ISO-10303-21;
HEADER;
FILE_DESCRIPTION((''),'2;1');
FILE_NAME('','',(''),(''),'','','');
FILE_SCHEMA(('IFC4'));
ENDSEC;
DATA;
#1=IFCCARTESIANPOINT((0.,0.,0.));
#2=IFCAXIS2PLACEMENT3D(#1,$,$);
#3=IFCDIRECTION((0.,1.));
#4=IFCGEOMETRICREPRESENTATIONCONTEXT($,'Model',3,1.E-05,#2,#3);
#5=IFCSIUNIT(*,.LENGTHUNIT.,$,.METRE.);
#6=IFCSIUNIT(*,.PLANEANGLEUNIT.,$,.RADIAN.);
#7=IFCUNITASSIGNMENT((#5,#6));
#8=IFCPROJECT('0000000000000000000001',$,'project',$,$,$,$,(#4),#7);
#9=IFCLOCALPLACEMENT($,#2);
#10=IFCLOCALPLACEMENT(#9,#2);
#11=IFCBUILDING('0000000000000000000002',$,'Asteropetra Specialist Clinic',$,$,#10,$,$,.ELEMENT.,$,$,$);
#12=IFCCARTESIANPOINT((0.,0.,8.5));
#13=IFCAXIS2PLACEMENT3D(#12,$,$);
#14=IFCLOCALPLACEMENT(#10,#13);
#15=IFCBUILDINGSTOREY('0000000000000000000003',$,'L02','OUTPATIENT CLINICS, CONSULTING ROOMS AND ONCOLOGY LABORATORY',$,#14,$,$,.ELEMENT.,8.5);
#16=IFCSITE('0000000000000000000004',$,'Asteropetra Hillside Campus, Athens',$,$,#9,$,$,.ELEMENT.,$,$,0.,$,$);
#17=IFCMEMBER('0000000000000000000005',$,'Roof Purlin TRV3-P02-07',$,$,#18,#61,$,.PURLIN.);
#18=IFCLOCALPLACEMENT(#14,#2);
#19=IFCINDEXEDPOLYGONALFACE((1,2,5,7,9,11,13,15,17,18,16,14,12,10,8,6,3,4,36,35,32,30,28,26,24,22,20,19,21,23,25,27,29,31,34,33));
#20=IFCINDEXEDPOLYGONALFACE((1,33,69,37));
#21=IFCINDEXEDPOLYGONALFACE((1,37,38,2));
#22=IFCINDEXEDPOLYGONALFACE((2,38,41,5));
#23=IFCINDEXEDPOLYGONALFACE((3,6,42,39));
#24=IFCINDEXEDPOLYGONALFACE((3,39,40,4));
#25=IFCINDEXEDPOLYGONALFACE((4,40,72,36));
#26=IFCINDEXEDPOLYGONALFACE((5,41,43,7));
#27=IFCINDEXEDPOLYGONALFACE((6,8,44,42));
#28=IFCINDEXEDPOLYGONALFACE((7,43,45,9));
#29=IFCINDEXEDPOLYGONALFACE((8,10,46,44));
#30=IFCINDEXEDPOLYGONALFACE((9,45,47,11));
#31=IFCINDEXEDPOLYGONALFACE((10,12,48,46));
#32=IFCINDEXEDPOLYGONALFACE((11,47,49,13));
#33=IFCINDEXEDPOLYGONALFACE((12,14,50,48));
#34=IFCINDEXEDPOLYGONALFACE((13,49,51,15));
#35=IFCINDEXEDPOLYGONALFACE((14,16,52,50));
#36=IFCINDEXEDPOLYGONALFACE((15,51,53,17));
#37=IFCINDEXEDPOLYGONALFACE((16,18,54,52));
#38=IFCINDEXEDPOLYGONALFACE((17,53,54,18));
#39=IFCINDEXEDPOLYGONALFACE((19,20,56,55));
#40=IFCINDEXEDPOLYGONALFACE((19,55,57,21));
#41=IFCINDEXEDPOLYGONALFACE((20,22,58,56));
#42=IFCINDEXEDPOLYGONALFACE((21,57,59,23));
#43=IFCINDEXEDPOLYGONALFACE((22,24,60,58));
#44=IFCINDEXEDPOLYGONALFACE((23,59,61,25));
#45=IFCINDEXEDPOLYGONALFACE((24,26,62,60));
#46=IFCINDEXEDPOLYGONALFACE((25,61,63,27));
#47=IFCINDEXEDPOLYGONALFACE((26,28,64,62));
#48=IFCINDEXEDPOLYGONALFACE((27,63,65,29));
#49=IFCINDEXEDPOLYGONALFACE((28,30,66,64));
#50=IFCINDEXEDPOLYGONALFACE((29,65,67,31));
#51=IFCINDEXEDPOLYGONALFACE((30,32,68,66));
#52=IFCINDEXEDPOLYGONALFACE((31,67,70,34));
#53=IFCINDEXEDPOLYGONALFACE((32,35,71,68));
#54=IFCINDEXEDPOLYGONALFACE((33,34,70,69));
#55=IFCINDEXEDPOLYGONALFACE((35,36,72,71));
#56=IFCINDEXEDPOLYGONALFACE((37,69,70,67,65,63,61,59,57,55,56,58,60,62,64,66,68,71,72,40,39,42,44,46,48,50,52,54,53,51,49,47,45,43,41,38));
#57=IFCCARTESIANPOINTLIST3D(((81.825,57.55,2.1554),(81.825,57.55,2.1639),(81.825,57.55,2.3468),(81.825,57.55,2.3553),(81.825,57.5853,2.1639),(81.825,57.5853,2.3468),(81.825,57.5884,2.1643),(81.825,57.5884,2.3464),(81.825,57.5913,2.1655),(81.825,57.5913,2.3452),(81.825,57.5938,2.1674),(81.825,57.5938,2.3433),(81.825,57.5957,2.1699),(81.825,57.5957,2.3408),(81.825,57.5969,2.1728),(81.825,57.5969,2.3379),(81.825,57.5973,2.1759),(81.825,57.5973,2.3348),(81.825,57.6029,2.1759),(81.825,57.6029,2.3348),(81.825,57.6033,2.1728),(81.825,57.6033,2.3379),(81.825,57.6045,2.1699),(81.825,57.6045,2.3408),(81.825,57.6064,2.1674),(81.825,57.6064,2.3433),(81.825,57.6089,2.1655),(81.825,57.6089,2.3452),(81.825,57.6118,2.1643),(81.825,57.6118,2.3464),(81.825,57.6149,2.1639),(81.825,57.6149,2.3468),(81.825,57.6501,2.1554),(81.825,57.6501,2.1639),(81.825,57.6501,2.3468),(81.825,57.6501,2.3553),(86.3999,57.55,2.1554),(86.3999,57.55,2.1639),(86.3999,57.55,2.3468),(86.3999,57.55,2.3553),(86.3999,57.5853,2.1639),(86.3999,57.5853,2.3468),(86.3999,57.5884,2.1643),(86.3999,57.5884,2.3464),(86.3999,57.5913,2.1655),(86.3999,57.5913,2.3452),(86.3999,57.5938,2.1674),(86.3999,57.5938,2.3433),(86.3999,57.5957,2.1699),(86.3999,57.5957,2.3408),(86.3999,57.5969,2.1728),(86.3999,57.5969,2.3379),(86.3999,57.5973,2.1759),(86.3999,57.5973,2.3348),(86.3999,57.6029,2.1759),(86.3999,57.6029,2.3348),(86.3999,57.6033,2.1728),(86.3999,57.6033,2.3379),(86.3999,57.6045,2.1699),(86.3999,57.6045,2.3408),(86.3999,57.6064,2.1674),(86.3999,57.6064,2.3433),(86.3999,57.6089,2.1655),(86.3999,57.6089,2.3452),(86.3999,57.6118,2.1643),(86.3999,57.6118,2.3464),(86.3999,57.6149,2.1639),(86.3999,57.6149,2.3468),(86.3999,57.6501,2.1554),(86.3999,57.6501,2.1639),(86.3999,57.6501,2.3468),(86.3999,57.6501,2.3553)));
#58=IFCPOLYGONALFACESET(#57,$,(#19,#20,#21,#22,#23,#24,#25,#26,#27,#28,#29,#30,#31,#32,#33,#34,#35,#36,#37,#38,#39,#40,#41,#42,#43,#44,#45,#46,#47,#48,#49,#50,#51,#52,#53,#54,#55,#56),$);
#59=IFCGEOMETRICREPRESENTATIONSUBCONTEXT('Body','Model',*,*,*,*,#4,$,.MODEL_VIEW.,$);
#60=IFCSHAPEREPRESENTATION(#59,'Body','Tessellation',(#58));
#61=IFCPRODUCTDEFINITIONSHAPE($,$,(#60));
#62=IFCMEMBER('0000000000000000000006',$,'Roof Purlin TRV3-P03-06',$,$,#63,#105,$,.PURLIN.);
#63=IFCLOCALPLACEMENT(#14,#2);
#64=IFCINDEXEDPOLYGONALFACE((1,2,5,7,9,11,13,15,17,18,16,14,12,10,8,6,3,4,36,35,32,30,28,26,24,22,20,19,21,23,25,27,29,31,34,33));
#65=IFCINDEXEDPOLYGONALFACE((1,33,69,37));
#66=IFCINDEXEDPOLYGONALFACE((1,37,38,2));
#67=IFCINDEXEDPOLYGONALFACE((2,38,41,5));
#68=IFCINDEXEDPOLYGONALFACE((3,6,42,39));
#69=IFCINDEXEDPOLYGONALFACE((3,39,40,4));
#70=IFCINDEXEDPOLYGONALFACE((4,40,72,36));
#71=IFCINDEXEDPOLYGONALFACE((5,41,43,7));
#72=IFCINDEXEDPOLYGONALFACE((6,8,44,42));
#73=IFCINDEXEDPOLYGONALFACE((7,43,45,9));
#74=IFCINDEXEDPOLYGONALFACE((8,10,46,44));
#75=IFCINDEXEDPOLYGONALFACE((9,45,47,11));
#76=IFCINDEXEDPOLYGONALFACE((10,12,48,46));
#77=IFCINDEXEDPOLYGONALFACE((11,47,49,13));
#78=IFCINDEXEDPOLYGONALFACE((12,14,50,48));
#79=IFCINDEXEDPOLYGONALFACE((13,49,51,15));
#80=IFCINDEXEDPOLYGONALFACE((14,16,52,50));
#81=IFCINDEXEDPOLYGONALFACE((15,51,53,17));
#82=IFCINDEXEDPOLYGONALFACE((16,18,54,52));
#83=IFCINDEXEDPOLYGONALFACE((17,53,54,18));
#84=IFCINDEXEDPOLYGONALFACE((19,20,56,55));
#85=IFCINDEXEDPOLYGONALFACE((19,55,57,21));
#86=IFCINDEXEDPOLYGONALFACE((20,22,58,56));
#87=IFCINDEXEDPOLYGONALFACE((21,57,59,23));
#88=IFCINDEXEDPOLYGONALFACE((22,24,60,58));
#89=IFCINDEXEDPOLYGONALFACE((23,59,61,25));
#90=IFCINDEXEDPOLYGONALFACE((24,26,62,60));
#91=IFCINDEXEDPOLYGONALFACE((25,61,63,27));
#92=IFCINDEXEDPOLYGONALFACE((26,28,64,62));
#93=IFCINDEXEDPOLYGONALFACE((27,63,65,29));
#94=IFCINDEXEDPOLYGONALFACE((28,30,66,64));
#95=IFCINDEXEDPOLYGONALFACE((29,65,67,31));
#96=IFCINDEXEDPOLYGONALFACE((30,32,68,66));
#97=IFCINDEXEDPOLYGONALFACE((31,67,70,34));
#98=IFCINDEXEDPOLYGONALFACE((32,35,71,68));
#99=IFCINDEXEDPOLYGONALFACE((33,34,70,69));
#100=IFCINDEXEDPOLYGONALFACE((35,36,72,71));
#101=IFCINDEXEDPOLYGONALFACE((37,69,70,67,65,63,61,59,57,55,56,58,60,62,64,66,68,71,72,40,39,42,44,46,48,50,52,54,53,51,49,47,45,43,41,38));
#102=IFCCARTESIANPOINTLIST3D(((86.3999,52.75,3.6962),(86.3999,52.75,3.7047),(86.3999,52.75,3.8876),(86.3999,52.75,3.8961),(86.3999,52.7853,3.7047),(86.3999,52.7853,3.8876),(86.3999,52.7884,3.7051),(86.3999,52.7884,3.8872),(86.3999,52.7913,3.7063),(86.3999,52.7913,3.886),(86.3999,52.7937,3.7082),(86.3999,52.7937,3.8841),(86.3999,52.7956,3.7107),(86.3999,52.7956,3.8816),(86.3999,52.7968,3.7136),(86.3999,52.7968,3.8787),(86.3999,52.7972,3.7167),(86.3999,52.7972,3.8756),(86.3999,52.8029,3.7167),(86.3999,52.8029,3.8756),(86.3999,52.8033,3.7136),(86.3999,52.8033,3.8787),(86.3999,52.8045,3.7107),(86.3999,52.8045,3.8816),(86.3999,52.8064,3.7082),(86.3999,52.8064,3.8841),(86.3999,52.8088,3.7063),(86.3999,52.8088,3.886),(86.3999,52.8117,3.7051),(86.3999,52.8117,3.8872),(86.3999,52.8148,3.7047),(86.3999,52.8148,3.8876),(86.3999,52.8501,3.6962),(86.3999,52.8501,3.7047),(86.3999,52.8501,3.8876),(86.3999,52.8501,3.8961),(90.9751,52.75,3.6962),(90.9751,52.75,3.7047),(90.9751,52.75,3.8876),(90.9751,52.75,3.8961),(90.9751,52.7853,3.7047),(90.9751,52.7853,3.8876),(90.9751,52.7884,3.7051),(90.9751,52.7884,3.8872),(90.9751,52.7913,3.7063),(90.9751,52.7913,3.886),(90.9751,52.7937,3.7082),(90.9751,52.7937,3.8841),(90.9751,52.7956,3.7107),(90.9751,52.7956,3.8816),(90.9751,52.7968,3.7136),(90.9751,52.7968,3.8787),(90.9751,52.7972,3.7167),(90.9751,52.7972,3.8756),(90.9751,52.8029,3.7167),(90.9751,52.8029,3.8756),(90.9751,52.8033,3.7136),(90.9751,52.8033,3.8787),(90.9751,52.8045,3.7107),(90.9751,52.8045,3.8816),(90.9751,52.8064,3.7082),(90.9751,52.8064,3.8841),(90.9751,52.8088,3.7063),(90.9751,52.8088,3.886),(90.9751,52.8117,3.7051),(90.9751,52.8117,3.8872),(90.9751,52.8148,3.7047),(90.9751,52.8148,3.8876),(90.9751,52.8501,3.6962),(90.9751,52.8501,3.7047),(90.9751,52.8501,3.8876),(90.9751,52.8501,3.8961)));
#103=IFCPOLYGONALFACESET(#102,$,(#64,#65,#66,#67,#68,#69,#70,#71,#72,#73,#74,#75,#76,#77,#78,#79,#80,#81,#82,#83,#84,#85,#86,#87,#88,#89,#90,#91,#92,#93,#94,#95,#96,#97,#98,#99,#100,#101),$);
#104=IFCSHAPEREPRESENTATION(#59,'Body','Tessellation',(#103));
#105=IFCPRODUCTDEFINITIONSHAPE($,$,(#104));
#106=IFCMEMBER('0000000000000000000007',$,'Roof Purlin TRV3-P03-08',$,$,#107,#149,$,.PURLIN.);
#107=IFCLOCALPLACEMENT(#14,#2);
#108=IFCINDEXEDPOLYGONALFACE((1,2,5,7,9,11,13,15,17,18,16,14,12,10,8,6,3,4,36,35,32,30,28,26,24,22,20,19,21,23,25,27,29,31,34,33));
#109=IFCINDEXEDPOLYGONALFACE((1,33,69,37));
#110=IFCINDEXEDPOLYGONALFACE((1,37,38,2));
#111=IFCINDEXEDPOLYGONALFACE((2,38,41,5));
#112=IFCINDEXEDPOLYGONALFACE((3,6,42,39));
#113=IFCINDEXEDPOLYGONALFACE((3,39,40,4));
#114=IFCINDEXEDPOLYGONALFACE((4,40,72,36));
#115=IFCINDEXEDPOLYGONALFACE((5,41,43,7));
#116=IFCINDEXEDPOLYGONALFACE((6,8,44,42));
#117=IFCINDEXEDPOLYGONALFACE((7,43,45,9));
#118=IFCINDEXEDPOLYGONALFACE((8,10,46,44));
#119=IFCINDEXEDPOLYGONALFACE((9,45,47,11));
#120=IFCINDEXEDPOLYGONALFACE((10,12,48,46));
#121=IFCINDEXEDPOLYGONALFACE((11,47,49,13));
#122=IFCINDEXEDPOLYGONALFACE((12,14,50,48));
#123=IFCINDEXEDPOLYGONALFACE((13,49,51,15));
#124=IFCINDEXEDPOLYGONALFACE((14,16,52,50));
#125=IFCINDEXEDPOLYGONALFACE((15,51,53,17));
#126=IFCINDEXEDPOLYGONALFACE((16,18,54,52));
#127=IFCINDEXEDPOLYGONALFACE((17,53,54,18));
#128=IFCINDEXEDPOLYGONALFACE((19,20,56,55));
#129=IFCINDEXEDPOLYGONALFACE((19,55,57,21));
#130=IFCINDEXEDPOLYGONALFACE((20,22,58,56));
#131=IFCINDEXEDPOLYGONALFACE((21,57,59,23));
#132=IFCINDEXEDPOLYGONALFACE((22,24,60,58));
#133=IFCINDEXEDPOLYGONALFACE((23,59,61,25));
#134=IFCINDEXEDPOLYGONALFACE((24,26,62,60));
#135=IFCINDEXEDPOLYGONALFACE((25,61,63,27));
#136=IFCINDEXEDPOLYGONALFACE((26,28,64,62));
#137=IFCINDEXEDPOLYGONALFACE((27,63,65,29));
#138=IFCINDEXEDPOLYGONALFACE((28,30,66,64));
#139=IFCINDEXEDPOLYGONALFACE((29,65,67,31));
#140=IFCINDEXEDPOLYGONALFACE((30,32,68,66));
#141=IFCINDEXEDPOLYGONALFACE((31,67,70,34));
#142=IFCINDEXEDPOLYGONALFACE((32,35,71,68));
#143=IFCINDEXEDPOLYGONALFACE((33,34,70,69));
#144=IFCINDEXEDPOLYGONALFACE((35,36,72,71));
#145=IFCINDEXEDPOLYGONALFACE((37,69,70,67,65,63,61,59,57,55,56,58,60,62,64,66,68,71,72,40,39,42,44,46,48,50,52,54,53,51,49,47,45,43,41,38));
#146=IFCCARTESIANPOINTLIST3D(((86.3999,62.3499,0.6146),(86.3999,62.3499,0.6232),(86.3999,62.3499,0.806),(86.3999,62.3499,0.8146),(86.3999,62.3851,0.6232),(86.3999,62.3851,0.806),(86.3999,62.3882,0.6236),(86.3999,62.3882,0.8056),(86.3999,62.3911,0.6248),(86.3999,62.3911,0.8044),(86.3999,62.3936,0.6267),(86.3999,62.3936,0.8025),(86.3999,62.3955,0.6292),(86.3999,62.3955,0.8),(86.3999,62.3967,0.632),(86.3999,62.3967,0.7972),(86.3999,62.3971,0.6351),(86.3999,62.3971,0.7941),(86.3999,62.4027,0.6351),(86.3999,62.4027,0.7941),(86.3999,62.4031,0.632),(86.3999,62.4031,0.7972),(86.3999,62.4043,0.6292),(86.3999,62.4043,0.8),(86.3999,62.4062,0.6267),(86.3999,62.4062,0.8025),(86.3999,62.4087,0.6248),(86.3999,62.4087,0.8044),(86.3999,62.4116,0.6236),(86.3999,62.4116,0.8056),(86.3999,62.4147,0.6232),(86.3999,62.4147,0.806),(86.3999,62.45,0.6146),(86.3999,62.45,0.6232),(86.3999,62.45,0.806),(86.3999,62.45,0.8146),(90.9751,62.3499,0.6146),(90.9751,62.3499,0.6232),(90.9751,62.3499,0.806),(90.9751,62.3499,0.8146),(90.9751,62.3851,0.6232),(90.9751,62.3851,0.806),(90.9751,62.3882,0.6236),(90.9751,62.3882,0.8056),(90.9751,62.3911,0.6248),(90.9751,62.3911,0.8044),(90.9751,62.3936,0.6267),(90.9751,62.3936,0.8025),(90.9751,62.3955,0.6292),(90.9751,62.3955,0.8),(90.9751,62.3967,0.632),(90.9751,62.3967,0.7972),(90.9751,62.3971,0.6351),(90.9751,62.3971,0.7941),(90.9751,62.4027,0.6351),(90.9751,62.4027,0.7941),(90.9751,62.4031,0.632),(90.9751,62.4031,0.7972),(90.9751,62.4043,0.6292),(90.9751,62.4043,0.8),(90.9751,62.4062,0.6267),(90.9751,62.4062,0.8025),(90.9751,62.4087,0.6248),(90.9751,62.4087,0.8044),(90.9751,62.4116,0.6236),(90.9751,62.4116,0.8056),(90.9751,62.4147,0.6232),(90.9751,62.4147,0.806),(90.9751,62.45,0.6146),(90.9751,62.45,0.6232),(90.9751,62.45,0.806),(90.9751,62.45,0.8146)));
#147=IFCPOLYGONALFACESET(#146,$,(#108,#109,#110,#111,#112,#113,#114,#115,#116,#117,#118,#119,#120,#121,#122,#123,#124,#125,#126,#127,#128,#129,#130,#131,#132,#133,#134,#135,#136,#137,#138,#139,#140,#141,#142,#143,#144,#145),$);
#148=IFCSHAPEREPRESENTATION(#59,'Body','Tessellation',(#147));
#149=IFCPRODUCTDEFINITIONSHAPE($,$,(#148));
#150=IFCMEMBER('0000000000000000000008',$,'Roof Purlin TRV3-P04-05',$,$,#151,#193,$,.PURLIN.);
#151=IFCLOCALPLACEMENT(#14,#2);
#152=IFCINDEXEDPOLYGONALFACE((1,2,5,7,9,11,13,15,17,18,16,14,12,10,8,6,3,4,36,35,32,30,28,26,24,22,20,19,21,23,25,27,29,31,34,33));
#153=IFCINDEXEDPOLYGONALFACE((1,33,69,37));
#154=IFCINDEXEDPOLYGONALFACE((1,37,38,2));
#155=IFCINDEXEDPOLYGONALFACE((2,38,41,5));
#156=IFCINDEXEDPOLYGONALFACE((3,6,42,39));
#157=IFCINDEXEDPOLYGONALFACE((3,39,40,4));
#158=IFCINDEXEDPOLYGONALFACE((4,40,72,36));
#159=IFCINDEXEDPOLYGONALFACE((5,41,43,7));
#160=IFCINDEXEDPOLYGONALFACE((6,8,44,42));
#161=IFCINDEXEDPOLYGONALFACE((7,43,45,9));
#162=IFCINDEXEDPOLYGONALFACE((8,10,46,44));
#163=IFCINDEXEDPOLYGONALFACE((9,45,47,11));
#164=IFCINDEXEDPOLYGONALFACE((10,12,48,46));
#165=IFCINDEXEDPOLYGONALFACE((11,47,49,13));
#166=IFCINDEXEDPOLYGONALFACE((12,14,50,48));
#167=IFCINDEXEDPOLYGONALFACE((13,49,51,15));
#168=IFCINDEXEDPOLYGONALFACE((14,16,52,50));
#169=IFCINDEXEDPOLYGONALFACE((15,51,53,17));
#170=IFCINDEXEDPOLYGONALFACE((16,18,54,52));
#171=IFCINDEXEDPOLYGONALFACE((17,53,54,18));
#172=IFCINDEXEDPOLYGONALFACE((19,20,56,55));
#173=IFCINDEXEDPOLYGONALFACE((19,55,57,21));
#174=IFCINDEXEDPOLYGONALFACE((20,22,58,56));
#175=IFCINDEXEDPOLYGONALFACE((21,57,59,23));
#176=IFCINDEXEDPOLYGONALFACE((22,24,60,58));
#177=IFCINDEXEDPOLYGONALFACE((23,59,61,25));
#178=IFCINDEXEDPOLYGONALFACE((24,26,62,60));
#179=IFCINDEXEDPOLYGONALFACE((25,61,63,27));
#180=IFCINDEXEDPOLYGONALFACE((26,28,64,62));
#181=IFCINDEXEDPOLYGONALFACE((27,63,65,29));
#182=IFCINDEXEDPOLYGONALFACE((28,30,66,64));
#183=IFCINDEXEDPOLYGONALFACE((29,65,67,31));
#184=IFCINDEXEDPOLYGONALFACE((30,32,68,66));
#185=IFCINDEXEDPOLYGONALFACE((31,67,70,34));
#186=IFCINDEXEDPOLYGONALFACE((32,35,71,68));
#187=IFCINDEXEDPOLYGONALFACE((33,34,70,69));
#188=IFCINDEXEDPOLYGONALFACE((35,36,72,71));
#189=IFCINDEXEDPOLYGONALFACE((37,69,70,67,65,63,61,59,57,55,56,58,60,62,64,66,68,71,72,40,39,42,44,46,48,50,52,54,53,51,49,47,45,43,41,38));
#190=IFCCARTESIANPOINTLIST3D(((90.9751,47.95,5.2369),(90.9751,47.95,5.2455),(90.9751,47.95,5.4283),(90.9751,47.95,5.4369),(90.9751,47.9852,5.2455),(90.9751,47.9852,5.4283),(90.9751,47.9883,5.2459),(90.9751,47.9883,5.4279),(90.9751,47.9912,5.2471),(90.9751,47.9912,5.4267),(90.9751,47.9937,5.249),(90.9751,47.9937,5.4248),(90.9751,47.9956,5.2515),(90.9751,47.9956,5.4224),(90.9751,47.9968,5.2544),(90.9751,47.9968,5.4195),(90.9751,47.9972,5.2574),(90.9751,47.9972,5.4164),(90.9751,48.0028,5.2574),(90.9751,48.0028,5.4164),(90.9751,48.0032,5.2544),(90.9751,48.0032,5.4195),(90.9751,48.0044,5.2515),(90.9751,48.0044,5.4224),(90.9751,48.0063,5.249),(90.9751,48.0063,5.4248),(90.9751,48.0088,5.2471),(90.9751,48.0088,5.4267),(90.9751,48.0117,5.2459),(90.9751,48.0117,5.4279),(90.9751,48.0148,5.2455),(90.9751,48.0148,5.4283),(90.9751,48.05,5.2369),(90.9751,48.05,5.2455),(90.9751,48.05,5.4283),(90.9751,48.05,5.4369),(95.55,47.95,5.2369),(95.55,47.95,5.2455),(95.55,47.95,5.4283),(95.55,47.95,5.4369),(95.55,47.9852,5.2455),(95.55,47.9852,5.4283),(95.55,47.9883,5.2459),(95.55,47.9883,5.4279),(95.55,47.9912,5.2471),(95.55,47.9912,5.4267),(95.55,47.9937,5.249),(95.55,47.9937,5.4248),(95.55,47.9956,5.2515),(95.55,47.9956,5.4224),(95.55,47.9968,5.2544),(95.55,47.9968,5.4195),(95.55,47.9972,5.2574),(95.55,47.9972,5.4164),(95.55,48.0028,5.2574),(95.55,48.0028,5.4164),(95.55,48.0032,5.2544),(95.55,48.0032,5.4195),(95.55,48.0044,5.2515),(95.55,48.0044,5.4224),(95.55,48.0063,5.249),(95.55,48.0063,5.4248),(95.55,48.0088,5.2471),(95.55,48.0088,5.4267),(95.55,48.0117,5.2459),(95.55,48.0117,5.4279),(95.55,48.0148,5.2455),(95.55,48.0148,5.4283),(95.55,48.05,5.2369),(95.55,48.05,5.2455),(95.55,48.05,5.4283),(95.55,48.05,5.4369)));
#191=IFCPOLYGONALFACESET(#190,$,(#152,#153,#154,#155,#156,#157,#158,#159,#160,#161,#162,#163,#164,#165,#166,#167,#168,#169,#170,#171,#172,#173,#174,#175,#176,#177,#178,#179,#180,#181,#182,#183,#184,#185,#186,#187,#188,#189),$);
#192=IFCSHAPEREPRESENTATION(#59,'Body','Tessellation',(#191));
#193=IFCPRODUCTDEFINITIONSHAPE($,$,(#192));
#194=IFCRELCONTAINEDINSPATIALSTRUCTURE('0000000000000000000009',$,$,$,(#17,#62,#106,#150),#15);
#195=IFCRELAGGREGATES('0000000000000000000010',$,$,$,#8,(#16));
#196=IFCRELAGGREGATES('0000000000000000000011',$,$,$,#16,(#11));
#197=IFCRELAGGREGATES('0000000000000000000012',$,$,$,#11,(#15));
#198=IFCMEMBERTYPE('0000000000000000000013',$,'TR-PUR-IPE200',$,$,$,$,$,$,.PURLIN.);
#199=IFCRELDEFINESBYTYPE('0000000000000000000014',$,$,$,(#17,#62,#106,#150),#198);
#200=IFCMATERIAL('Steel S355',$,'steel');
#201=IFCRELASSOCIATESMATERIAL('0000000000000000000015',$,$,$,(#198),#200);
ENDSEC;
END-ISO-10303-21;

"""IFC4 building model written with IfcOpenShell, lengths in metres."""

from ifc_helpers import new_model, si_unit, direction, frame, origin, origin_2d, place, context, subcontext, project, spatial, i_section, extrude, material, material_profile, profile_set, type_object, element, save


model = new_model("IFC4")

# Units and contexts
model_context = context("Model", 3, precision=1e-05, world=origin(), true_north=direction((0.0, 1.0)))
body_context = subcontext(model_context, "Body", "Model", "MODEL_VIEW")
ifc_project = project(units=[si_unit("LENGTHUNIT", "METRE"), si_unit("PLANEANGLEUNIT", "RADIAN")], contexts=[model_context])

# Site, building, storey
site_placement = place(None, origin())
site = spatial("IfcSite", under=ifc_project, at=site_placement, Name="Asteropetra Hillside Campus, Athens", CompositionType="ELEMENT", RefElevation=0.0)
building_placement = place(site_placement, origin())
building = spatial("IfcBuilding", under=site, at=building_placement, Name="Asteropetra Specialist Clinic", CompositionType="ELEMENT")
storey_placement = place(building_placement, frame((0.0, 0.0, 8.5)))
storey = spatial("IfcBuildingStorey", under=building, at=storey_placement, Name="L02", Description="OUTPATIENT CLINICS, CONSULTING ROOMS AND ONCOLOGY LABORATORY", CompositionType="ELEMENT", Elevation=8.5)

# Members
ifc_material_1 = material(Name="Steel S355", Category="steel")
ifc_material_profile_1 = material_profile(ifc_material_1, i_section(OverallWidth=0.1001, OverallDepth=0.2, WebThickness=0.0056, FlangeThickness=0.0085, FilletRadius=0.012, at=origin_2d()), Name="IPE 200")
ifc_profile_set_1 = profile_set([ifc_material_profile_1], Name="Steel S355")
member_type_1 = type_object("IfcMemberType", Name="TR-PUR-IPE200", PredefinedType="PURLIN", material=ifc_profile_set_1)
member_1_placement = place(storey_placement, frame((81.825, 57.6001, 2.2554), z_axis=(1.0, 0.0, 0.0), x_axis=(0.0, 1.0, 0.0)))
element("IfcMember", 1, at=member_1_placement, inside=storey, type_object=member_type_1, Name="Roof Purlin TRV3-P02-07", PredefinedType="PURLIN", context=body_context, shape_type="SweptSolid", body=[
    extrude(i_section(OverallWidth=0.1001, OverallDepth=0.2, WebThickness=0.0056, FlangeThickness=0.0085, FilletRadius=0.012, at=origin_2d()), origin(), (0.0, 0.0, 1.0), 4.575),
])
for number, where, z_axis, x_axis, name in (
    (2, (86.3999, 52.8, 3.7961), (1.0, 0.0, 0.0), (0.0, 1.0, 0.0), "Roof Purlin TRV3-P03-06"),
    (3, (86.3999, 62.3999, 0.7146), (1.0, 0.0, 0.0), (0.0, 1.0, 0.0), "Roof Purlin TRV3-P03-08"),
):
    element("IfcMember", number, at=place(storey_placement, frame(where, z_axis=z_axis, x_axis=x_axis)), inside=storey, type_object=member_type_1, Name=name, PredefinedType="PURLIN", context=body_context, shape_type="SweptSolid", body=[
        extrude(i_section(OverallWidth=0.1001, OverallDepth=0.2, WebThickness=0.0056, FlangeThickness=0.0085, FilletRadius=0.012, at=origin_2d()), origin(), (0.0, 0.0, 1.0), 4.5752),
    ])
member_2_placement = place(storey_placement, frame((90.9751, 48.0, 5.3369), z_axis=(1.0, 0.0, 0.0), x_axis=(0.0, 1.0, 0.0)))
element("IfcMember", 4, at=member_2_placement, inside=storey, type_object=member_type_1, Name="Roof Purlin TRV3-P04-05", PredefinedType="PURLIN", context=body_context, shape_type="SweptSolid", body=[
    extrude(i_section(OverallWidth=0.1001, OverallDepth=0.2, WebThickness=0.0056, FlangeThickness=0.0085, FilletRadius=0.012, at=origin_2d()), origin(), (0.0, 0.0, 1.0), 4.575),
])

save(model, "model.ifc")
